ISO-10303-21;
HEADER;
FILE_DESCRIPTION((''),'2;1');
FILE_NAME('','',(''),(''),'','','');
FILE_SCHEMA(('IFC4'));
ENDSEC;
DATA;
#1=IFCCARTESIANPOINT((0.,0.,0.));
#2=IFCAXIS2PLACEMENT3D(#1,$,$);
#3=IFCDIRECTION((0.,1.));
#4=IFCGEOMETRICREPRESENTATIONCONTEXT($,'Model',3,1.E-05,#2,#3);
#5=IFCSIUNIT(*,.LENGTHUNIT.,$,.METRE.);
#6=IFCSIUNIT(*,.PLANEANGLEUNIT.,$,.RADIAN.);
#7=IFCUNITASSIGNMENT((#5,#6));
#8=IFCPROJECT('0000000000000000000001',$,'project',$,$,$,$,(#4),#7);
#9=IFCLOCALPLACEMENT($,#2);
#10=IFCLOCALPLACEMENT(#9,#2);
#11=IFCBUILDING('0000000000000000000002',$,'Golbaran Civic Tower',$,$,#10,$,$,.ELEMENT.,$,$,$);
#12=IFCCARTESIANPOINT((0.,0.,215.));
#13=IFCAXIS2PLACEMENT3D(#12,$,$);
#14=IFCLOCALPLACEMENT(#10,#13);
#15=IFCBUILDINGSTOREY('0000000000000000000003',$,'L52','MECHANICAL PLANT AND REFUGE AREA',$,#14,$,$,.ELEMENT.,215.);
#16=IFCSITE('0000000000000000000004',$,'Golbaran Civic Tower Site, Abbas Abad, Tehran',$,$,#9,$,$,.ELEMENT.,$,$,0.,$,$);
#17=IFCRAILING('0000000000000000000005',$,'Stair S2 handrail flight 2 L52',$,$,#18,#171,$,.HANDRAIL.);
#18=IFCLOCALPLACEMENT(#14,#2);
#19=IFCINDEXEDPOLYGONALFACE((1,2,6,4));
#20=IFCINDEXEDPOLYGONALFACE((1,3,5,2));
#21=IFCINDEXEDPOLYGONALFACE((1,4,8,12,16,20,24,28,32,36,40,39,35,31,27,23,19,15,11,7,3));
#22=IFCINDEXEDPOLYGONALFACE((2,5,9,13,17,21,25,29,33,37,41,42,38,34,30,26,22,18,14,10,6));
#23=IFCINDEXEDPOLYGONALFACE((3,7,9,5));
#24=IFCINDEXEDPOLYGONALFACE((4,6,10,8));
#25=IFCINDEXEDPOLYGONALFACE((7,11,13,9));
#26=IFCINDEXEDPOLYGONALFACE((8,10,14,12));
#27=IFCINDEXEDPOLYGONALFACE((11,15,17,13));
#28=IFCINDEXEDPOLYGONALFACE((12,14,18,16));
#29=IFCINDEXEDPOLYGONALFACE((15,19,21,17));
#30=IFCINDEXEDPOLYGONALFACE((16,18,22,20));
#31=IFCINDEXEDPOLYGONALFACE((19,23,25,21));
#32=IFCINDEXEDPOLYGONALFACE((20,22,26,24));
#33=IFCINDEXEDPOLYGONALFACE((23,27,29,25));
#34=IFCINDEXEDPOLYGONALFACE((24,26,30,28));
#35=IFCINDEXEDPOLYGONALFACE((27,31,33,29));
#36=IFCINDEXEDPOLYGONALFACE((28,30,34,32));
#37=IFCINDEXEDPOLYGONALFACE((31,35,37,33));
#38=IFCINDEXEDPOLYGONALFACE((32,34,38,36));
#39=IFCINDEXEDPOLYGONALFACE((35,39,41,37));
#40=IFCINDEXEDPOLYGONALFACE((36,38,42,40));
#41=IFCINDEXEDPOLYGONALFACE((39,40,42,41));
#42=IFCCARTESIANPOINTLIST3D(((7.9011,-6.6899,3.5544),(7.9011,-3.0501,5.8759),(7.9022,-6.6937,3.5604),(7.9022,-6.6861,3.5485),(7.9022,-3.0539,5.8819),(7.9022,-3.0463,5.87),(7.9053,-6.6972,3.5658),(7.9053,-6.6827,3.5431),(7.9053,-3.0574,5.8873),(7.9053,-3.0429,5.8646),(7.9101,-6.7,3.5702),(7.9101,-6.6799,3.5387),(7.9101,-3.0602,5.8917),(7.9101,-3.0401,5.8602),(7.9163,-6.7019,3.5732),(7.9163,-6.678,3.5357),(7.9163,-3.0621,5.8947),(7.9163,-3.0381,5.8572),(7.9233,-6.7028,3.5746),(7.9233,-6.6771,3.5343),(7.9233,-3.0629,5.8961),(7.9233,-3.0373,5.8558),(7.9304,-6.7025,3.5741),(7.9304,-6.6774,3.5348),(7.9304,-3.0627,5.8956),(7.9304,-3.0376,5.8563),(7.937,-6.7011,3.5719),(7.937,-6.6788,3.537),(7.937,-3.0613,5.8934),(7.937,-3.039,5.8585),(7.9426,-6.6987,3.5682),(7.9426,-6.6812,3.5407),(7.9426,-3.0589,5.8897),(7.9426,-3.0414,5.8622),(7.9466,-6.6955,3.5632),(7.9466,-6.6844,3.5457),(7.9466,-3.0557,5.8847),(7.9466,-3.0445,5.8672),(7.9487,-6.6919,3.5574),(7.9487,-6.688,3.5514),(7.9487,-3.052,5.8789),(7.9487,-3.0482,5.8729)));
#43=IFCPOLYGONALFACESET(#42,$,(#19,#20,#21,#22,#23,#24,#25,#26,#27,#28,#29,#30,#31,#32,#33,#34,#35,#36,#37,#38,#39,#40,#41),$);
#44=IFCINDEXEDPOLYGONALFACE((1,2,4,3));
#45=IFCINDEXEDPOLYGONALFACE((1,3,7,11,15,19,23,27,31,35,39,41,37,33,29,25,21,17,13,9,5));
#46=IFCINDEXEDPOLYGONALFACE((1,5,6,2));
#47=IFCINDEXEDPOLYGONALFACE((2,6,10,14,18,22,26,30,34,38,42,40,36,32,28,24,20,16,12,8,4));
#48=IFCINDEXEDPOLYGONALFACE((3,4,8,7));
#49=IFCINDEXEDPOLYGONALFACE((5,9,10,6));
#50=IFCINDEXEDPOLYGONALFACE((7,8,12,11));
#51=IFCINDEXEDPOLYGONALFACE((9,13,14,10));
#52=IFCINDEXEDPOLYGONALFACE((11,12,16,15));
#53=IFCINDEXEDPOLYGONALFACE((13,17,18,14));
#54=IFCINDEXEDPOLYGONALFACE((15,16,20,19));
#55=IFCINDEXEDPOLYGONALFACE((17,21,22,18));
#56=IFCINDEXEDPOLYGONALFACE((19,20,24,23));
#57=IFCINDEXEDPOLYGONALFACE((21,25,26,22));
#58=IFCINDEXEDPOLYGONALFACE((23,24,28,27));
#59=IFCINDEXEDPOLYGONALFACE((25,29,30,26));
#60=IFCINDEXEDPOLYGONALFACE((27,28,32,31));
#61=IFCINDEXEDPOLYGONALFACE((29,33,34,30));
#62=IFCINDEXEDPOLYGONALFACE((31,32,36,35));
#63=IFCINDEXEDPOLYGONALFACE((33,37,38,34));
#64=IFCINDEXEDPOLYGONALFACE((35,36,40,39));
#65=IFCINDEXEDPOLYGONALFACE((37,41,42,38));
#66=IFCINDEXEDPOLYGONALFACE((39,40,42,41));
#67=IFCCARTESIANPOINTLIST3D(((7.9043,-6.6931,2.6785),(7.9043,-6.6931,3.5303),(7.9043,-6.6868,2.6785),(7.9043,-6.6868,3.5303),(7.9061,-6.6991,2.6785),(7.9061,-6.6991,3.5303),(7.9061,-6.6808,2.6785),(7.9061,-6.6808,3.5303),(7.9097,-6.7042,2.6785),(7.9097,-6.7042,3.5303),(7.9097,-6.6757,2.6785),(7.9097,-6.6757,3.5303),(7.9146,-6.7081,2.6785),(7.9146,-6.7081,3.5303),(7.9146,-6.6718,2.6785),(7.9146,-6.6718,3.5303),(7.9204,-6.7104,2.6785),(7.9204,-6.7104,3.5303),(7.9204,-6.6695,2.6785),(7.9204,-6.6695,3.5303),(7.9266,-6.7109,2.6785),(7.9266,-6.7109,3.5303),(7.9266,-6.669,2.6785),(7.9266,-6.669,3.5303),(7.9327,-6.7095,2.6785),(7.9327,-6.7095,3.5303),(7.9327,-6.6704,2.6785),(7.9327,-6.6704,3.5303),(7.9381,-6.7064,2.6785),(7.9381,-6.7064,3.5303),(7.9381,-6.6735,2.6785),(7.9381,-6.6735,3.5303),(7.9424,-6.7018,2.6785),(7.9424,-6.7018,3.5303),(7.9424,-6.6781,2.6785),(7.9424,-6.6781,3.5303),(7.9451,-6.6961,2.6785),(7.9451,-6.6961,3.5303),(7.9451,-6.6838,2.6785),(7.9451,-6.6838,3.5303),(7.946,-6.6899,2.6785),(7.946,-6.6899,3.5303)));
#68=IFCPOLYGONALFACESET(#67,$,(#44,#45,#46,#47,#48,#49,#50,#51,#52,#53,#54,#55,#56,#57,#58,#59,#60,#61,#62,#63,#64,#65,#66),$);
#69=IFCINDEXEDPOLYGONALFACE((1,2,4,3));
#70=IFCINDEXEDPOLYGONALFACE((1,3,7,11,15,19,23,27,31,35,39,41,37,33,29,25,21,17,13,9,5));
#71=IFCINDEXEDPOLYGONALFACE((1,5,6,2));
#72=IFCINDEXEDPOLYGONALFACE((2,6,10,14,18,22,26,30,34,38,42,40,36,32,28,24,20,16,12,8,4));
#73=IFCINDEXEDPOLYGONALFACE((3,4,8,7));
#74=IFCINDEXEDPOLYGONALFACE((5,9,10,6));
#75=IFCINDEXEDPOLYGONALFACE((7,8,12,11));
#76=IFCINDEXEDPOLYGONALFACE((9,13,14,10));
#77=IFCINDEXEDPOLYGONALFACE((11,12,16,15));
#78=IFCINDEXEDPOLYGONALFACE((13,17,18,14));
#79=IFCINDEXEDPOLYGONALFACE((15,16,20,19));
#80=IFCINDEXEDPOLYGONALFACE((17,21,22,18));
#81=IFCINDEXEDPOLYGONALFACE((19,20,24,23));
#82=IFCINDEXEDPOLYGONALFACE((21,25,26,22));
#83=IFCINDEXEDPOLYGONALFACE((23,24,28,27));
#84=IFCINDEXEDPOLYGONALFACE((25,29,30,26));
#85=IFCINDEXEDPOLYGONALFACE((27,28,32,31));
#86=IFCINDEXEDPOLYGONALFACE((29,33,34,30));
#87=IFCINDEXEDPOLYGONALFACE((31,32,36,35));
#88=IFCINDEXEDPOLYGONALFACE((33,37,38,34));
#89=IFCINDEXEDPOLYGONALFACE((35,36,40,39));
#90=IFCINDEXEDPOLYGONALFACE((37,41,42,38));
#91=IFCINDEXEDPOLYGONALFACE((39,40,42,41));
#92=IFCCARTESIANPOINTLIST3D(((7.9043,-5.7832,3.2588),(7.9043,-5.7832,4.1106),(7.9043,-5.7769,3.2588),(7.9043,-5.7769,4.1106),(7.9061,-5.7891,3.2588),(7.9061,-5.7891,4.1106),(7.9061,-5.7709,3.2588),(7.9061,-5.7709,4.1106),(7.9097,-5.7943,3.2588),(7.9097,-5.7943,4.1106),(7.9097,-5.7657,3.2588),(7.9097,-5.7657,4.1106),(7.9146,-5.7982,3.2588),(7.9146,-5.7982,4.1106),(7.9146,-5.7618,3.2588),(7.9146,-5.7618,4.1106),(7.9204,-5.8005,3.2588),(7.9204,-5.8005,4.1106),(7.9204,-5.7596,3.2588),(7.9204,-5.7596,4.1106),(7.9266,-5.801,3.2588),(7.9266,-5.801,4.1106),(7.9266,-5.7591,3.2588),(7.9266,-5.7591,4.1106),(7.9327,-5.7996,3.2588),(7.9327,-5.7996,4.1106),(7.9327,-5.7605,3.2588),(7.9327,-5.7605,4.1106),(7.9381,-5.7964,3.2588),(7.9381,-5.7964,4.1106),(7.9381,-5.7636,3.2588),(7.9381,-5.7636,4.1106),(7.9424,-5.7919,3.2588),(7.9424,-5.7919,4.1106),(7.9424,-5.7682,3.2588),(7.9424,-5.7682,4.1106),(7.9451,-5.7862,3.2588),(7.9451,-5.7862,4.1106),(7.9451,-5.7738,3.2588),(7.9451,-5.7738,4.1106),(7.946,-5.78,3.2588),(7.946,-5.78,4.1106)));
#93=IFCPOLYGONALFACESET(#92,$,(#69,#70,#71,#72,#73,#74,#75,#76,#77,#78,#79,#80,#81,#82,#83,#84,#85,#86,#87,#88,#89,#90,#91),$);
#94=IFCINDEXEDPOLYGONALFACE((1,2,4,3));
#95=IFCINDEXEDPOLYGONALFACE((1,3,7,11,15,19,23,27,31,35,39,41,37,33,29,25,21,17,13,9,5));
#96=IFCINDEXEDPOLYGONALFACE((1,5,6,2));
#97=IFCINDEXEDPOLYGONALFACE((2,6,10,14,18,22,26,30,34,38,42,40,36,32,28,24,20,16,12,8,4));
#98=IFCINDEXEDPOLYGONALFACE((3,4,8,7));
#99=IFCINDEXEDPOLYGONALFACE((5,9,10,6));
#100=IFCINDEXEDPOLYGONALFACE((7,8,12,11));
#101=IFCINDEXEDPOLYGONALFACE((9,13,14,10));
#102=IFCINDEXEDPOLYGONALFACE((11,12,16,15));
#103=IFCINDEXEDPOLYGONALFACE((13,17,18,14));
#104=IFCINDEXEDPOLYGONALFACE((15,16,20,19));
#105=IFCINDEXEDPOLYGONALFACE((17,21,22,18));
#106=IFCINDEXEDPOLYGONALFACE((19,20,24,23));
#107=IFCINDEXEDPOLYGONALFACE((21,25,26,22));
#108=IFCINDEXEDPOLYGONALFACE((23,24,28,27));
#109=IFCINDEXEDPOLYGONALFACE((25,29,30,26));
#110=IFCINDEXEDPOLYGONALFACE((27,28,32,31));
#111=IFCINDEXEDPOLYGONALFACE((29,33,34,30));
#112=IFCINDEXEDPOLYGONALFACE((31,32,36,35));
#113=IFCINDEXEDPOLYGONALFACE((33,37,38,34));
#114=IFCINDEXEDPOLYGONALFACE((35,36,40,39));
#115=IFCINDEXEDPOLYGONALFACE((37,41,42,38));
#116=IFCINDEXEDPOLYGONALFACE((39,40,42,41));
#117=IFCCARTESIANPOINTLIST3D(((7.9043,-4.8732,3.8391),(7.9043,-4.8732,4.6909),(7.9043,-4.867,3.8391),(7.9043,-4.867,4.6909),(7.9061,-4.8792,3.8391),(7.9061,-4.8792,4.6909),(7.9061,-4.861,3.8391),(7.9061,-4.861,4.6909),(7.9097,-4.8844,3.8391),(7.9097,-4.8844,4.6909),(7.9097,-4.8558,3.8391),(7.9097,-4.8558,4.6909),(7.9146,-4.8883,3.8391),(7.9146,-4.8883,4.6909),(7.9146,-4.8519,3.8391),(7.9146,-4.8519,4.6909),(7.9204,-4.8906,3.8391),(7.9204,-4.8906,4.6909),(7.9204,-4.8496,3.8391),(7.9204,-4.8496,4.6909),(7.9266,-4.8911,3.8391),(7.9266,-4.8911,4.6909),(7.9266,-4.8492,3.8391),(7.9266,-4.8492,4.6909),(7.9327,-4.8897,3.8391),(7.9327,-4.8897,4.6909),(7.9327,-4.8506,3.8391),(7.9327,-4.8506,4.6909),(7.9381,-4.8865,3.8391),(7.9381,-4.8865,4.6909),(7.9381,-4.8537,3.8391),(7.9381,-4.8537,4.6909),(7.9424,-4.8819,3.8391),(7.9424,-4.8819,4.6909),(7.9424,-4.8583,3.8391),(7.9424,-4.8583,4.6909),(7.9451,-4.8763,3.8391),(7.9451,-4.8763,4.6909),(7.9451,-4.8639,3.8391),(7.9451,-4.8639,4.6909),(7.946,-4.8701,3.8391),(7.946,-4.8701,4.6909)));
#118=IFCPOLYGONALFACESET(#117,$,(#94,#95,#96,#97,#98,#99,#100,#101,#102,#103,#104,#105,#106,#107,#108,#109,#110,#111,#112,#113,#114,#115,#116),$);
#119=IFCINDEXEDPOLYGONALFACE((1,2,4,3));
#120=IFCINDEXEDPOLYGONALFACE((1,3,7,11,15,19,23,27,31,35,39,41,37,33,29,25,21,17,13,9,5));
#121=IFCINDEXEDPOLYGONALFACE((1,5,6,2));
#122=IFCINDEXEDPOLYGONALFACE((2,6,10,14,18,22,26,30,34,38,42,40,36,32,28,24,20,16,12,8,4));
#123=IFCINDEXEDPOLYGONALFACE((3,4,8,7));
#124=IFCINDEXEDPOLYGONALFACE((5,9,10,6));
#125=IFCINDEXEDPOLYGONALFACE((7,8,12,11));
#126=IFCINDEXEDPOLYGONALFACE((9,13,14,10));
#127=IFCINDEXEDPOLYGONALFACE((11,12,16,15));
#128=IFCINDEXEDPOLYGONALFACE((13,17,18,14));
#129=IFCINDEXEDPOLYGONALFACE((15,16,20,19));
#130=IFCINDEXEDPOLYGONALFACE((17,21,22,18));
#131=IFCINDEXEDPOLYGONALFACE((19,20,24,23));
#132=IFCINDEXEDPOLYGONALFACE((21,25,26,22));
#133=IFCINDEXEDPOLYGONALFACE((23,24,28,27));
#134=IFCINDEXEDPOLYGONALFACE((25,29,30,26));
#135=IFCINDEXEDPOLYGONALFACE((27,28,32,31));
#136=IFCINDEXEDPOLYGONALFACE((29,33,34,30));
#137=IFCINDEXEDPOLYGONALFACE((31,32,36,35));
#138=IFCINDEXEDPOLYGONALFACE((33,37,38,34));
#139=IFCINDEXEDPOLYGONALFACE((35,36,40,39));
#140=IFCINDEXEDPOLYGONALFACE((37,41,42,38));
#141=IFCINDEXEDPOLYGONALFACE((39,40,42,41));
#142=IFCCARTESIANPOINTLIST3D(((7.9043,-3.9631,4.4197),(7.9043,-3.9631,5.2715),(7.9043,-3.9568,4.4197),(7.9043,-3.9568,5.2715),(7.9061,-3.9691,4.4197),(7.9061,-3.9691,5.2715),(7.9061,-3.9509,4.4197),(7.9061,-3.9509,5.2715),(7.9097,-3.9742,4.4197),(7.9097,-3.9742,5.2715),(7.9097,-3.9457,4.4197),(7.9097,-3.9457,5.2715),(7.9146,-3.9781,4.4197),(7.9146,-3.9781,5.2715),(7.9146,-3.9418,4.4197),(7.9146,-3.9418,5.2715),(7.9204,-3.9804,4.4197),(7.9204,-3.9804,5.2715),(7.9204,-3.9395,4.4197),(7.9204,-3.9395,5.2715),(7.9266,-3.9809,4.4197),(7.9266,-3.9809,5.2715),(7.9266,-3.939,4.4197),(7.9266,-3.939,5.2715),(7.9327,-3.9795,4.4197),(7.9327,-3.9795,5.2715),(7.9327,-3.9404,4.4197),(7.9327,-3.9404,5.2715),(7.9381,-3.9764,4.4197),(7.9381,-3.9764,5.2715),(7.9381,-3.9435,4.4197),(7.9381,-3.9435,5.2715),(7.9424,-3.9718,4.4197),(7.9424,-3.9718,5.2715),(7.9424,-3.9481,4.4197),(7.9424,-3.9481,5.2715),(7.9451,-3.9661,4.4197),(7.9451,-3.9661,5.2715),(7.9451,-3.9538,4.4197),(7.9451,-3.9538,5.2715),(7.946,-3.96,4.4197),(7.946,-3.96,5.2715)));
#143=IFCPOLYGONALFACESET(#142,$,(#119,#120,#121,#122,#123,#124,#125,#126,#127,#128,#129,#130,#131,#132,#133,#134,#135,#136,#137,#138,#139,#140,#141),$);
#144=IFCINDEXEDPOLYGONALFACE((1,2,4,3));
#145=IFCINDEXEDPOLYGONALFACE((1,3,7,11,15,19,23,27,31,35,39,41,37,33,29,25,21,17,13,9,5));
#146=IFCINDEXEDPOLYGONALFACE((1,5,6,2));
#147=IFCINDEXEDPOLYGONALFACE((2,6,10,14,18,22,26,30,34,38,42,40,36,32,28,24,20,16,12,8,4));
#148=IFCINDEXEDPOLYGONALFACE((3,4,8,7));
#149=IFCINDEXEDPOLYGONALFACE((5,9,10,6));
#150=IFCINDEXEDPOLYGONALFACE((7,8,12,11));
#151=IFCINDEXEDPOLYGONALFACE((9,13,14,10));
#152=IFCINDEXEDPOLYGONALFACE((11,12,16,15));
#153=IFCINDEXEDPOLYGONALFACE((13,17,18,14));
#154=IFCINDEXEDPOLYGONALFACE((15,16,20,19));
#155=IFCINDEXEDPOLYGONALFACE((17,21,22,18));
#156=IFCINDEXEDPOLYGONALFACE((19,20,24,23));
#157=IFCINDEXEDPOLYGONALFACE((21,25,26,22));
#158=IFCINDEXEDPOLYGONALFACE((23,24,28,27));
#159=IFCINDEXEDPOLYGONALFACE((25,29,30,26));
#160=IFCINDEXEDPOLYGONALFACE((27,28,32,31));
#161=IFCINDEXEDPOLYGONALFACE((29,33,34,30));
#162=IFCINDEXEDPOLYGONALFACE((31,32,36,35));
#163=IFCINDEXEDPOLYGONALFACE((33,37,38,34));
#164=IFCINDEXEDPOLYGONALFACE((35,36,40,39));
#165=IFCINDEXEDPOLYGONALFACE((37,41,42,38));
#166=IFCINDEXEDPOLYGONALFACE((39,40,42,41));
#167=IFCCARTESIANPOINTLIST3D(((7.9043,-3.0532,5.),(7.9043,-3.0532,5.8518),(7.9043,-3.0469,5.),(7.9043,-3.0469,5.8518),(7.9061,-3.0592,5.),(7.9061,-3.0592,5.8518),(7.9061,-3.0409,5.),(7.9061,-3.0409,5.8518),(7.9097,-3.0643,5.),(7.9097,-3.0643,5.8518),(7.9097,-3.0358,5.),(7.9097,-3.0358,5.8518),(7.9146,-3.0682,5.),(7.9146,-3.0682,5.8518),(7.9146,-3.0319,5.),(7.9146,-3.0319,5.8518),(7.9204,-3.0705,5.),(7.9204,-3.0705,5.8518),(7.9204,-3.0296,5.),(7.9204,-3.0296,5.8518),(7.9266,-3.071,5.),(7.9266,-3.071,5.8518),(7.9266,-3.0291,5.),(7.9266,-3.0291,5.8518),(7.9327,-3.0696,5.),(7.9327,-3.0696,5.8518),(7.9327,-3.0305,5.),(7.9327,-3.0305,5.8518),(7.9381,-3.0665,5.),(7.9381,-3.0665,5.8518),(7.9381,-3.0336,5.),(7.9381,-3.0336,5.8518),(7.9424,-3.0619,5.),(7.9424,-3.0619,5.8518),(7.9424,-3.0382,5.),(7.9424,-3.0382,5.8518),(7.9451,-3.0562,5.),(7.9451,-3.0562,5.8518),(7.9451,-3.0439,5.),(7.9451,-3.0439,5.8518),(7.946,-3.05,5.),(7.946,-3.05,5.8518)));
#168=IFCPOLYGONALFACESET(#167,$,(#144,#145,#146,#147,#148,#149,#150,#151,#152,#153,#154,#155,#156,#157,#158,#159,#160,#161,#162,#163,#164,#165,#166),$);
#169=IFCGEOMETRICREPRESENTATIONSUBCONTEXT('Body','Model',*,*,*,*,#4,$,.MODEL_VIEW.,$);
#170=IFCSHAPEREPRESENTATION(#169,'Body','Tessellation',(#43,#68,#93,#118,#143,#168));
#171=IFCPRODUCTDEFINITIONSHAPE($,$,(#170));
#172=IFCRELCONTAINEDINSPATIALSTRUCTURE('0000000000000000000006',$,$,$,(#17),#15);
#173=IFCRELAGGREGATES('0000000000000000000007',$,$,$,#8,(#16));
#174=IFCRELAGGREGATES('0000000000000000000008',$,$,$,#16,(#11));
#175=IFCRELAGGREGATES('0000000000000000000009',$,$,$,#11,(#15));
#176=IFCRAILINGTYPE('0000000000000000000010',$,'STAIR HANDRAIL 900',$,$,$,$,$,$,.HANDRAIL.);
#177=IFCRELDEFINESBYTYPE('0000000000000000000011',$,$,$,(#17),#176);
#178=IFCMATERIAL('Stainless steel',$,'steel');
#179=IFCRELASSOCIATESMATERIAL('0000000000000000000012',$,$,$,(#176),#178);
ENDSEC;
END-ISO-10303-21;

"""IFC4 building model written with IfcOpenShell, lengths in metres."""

from ifc_helpers import new_model, si_unit, direction, frame, origin, origin_2d, place, context, subcontext, project, spatial, circle, extrude, material, type_object, element, save


model = new_model("IFC4")

# Units and contexts
model_context = context("Model", 3, precision=1e-05, world=origin(), true_north=direction((0.0, 1.0)))
body_context = subcontext(model_context, "Body", "Model", "MODEL_VIEW")
ifc_project = project(units=[si_unit("LENGTHUNIT", "METRE"), si_unit("PLANEANGLEUNIT", "RADIAN")], contexts=[model_context])

# Site, building, storey
site_placement = place(None, origin())
site = spatial("IfcSite", under=ifc_project, at=site_placement, Name="Golbaran Civic Tower Site, Abbas Abad, Tehran", CompositionType="ELEMENT", RefElevation=0.0)
building_placement = place(site_placement, origin())
building = spatial("IfcBuilding", under=site, at=building_placement, Name="Golbaran Civic Tower", CompositionType="ELEMENT")
storey_placement = place(building_placement, frame((0.0, 0.0, 215.0)))
storey = spatial("IfcBuildingStorey", under=building, at=storey_placement, Name="L52", Description="MECHANICAL PLANT AND REFUGE AREA", CompositionType="ELEMENT", Elevation=215.0)

# Shared definitions
ifc_material_1 = material(Name="Stainless steel", Category="steel")

# Railing
railing_type = type_object("IfcRailingType", Name="STAIR HANDRAIL 900", PredefinedType="HANDRAIL", material=ifc_material_1)
railing_1_placement = place(storey_placement, frame((7.925, -6.6899, 2.6785)))
element("IfcRailing", 1, at=railing_1_placement, inside=storey, type_object=railing_type, Name="Stair S2 handrail flight 2 L52", PredefinedType="HANDRAIL", context=body_context, shape_type="SweptSolid", body=[
    extrude(circle(Radius=0.0239, at=origin_2d()), frame((0.0, 0.0, 0.876), z_axis=(0.0, 0.843112, 0.537739), x_axis=(-1.0, 0.0, 0.0)), (0.0, 0.0, 1.0), 4.3171),
    extrude(circle(Radius=0.021, at=origin_2d()), origin(), (0.0, 0.0, 1.0), 0.8518),
    extrude(circle(Radius=0.021, at=origin_2d()), frame((0.0, 0.9099, 0.5803)), (0.0, 0.0, 1.0), 0.8518),
    extrude(circle(Radius=0.021, at=origin_2d()), frame((0.0, 1.8198, 1.1606)), (0.0, 0.0, 1.0), 0.8518),
    extrude(circle(Radius=0.021, at=origin_2d()), frame((0.0, 2.73, 1.7412)), (0.0, 0.0, 1.0), 0.8518),
    extrude(circle(Radius=0.021, at=origin_2d()), frame((0.0, 3.6399, 2.3215)), (0.0, 0.0, 1.0), 0.8518),
])

save(model, "model.ifc")
